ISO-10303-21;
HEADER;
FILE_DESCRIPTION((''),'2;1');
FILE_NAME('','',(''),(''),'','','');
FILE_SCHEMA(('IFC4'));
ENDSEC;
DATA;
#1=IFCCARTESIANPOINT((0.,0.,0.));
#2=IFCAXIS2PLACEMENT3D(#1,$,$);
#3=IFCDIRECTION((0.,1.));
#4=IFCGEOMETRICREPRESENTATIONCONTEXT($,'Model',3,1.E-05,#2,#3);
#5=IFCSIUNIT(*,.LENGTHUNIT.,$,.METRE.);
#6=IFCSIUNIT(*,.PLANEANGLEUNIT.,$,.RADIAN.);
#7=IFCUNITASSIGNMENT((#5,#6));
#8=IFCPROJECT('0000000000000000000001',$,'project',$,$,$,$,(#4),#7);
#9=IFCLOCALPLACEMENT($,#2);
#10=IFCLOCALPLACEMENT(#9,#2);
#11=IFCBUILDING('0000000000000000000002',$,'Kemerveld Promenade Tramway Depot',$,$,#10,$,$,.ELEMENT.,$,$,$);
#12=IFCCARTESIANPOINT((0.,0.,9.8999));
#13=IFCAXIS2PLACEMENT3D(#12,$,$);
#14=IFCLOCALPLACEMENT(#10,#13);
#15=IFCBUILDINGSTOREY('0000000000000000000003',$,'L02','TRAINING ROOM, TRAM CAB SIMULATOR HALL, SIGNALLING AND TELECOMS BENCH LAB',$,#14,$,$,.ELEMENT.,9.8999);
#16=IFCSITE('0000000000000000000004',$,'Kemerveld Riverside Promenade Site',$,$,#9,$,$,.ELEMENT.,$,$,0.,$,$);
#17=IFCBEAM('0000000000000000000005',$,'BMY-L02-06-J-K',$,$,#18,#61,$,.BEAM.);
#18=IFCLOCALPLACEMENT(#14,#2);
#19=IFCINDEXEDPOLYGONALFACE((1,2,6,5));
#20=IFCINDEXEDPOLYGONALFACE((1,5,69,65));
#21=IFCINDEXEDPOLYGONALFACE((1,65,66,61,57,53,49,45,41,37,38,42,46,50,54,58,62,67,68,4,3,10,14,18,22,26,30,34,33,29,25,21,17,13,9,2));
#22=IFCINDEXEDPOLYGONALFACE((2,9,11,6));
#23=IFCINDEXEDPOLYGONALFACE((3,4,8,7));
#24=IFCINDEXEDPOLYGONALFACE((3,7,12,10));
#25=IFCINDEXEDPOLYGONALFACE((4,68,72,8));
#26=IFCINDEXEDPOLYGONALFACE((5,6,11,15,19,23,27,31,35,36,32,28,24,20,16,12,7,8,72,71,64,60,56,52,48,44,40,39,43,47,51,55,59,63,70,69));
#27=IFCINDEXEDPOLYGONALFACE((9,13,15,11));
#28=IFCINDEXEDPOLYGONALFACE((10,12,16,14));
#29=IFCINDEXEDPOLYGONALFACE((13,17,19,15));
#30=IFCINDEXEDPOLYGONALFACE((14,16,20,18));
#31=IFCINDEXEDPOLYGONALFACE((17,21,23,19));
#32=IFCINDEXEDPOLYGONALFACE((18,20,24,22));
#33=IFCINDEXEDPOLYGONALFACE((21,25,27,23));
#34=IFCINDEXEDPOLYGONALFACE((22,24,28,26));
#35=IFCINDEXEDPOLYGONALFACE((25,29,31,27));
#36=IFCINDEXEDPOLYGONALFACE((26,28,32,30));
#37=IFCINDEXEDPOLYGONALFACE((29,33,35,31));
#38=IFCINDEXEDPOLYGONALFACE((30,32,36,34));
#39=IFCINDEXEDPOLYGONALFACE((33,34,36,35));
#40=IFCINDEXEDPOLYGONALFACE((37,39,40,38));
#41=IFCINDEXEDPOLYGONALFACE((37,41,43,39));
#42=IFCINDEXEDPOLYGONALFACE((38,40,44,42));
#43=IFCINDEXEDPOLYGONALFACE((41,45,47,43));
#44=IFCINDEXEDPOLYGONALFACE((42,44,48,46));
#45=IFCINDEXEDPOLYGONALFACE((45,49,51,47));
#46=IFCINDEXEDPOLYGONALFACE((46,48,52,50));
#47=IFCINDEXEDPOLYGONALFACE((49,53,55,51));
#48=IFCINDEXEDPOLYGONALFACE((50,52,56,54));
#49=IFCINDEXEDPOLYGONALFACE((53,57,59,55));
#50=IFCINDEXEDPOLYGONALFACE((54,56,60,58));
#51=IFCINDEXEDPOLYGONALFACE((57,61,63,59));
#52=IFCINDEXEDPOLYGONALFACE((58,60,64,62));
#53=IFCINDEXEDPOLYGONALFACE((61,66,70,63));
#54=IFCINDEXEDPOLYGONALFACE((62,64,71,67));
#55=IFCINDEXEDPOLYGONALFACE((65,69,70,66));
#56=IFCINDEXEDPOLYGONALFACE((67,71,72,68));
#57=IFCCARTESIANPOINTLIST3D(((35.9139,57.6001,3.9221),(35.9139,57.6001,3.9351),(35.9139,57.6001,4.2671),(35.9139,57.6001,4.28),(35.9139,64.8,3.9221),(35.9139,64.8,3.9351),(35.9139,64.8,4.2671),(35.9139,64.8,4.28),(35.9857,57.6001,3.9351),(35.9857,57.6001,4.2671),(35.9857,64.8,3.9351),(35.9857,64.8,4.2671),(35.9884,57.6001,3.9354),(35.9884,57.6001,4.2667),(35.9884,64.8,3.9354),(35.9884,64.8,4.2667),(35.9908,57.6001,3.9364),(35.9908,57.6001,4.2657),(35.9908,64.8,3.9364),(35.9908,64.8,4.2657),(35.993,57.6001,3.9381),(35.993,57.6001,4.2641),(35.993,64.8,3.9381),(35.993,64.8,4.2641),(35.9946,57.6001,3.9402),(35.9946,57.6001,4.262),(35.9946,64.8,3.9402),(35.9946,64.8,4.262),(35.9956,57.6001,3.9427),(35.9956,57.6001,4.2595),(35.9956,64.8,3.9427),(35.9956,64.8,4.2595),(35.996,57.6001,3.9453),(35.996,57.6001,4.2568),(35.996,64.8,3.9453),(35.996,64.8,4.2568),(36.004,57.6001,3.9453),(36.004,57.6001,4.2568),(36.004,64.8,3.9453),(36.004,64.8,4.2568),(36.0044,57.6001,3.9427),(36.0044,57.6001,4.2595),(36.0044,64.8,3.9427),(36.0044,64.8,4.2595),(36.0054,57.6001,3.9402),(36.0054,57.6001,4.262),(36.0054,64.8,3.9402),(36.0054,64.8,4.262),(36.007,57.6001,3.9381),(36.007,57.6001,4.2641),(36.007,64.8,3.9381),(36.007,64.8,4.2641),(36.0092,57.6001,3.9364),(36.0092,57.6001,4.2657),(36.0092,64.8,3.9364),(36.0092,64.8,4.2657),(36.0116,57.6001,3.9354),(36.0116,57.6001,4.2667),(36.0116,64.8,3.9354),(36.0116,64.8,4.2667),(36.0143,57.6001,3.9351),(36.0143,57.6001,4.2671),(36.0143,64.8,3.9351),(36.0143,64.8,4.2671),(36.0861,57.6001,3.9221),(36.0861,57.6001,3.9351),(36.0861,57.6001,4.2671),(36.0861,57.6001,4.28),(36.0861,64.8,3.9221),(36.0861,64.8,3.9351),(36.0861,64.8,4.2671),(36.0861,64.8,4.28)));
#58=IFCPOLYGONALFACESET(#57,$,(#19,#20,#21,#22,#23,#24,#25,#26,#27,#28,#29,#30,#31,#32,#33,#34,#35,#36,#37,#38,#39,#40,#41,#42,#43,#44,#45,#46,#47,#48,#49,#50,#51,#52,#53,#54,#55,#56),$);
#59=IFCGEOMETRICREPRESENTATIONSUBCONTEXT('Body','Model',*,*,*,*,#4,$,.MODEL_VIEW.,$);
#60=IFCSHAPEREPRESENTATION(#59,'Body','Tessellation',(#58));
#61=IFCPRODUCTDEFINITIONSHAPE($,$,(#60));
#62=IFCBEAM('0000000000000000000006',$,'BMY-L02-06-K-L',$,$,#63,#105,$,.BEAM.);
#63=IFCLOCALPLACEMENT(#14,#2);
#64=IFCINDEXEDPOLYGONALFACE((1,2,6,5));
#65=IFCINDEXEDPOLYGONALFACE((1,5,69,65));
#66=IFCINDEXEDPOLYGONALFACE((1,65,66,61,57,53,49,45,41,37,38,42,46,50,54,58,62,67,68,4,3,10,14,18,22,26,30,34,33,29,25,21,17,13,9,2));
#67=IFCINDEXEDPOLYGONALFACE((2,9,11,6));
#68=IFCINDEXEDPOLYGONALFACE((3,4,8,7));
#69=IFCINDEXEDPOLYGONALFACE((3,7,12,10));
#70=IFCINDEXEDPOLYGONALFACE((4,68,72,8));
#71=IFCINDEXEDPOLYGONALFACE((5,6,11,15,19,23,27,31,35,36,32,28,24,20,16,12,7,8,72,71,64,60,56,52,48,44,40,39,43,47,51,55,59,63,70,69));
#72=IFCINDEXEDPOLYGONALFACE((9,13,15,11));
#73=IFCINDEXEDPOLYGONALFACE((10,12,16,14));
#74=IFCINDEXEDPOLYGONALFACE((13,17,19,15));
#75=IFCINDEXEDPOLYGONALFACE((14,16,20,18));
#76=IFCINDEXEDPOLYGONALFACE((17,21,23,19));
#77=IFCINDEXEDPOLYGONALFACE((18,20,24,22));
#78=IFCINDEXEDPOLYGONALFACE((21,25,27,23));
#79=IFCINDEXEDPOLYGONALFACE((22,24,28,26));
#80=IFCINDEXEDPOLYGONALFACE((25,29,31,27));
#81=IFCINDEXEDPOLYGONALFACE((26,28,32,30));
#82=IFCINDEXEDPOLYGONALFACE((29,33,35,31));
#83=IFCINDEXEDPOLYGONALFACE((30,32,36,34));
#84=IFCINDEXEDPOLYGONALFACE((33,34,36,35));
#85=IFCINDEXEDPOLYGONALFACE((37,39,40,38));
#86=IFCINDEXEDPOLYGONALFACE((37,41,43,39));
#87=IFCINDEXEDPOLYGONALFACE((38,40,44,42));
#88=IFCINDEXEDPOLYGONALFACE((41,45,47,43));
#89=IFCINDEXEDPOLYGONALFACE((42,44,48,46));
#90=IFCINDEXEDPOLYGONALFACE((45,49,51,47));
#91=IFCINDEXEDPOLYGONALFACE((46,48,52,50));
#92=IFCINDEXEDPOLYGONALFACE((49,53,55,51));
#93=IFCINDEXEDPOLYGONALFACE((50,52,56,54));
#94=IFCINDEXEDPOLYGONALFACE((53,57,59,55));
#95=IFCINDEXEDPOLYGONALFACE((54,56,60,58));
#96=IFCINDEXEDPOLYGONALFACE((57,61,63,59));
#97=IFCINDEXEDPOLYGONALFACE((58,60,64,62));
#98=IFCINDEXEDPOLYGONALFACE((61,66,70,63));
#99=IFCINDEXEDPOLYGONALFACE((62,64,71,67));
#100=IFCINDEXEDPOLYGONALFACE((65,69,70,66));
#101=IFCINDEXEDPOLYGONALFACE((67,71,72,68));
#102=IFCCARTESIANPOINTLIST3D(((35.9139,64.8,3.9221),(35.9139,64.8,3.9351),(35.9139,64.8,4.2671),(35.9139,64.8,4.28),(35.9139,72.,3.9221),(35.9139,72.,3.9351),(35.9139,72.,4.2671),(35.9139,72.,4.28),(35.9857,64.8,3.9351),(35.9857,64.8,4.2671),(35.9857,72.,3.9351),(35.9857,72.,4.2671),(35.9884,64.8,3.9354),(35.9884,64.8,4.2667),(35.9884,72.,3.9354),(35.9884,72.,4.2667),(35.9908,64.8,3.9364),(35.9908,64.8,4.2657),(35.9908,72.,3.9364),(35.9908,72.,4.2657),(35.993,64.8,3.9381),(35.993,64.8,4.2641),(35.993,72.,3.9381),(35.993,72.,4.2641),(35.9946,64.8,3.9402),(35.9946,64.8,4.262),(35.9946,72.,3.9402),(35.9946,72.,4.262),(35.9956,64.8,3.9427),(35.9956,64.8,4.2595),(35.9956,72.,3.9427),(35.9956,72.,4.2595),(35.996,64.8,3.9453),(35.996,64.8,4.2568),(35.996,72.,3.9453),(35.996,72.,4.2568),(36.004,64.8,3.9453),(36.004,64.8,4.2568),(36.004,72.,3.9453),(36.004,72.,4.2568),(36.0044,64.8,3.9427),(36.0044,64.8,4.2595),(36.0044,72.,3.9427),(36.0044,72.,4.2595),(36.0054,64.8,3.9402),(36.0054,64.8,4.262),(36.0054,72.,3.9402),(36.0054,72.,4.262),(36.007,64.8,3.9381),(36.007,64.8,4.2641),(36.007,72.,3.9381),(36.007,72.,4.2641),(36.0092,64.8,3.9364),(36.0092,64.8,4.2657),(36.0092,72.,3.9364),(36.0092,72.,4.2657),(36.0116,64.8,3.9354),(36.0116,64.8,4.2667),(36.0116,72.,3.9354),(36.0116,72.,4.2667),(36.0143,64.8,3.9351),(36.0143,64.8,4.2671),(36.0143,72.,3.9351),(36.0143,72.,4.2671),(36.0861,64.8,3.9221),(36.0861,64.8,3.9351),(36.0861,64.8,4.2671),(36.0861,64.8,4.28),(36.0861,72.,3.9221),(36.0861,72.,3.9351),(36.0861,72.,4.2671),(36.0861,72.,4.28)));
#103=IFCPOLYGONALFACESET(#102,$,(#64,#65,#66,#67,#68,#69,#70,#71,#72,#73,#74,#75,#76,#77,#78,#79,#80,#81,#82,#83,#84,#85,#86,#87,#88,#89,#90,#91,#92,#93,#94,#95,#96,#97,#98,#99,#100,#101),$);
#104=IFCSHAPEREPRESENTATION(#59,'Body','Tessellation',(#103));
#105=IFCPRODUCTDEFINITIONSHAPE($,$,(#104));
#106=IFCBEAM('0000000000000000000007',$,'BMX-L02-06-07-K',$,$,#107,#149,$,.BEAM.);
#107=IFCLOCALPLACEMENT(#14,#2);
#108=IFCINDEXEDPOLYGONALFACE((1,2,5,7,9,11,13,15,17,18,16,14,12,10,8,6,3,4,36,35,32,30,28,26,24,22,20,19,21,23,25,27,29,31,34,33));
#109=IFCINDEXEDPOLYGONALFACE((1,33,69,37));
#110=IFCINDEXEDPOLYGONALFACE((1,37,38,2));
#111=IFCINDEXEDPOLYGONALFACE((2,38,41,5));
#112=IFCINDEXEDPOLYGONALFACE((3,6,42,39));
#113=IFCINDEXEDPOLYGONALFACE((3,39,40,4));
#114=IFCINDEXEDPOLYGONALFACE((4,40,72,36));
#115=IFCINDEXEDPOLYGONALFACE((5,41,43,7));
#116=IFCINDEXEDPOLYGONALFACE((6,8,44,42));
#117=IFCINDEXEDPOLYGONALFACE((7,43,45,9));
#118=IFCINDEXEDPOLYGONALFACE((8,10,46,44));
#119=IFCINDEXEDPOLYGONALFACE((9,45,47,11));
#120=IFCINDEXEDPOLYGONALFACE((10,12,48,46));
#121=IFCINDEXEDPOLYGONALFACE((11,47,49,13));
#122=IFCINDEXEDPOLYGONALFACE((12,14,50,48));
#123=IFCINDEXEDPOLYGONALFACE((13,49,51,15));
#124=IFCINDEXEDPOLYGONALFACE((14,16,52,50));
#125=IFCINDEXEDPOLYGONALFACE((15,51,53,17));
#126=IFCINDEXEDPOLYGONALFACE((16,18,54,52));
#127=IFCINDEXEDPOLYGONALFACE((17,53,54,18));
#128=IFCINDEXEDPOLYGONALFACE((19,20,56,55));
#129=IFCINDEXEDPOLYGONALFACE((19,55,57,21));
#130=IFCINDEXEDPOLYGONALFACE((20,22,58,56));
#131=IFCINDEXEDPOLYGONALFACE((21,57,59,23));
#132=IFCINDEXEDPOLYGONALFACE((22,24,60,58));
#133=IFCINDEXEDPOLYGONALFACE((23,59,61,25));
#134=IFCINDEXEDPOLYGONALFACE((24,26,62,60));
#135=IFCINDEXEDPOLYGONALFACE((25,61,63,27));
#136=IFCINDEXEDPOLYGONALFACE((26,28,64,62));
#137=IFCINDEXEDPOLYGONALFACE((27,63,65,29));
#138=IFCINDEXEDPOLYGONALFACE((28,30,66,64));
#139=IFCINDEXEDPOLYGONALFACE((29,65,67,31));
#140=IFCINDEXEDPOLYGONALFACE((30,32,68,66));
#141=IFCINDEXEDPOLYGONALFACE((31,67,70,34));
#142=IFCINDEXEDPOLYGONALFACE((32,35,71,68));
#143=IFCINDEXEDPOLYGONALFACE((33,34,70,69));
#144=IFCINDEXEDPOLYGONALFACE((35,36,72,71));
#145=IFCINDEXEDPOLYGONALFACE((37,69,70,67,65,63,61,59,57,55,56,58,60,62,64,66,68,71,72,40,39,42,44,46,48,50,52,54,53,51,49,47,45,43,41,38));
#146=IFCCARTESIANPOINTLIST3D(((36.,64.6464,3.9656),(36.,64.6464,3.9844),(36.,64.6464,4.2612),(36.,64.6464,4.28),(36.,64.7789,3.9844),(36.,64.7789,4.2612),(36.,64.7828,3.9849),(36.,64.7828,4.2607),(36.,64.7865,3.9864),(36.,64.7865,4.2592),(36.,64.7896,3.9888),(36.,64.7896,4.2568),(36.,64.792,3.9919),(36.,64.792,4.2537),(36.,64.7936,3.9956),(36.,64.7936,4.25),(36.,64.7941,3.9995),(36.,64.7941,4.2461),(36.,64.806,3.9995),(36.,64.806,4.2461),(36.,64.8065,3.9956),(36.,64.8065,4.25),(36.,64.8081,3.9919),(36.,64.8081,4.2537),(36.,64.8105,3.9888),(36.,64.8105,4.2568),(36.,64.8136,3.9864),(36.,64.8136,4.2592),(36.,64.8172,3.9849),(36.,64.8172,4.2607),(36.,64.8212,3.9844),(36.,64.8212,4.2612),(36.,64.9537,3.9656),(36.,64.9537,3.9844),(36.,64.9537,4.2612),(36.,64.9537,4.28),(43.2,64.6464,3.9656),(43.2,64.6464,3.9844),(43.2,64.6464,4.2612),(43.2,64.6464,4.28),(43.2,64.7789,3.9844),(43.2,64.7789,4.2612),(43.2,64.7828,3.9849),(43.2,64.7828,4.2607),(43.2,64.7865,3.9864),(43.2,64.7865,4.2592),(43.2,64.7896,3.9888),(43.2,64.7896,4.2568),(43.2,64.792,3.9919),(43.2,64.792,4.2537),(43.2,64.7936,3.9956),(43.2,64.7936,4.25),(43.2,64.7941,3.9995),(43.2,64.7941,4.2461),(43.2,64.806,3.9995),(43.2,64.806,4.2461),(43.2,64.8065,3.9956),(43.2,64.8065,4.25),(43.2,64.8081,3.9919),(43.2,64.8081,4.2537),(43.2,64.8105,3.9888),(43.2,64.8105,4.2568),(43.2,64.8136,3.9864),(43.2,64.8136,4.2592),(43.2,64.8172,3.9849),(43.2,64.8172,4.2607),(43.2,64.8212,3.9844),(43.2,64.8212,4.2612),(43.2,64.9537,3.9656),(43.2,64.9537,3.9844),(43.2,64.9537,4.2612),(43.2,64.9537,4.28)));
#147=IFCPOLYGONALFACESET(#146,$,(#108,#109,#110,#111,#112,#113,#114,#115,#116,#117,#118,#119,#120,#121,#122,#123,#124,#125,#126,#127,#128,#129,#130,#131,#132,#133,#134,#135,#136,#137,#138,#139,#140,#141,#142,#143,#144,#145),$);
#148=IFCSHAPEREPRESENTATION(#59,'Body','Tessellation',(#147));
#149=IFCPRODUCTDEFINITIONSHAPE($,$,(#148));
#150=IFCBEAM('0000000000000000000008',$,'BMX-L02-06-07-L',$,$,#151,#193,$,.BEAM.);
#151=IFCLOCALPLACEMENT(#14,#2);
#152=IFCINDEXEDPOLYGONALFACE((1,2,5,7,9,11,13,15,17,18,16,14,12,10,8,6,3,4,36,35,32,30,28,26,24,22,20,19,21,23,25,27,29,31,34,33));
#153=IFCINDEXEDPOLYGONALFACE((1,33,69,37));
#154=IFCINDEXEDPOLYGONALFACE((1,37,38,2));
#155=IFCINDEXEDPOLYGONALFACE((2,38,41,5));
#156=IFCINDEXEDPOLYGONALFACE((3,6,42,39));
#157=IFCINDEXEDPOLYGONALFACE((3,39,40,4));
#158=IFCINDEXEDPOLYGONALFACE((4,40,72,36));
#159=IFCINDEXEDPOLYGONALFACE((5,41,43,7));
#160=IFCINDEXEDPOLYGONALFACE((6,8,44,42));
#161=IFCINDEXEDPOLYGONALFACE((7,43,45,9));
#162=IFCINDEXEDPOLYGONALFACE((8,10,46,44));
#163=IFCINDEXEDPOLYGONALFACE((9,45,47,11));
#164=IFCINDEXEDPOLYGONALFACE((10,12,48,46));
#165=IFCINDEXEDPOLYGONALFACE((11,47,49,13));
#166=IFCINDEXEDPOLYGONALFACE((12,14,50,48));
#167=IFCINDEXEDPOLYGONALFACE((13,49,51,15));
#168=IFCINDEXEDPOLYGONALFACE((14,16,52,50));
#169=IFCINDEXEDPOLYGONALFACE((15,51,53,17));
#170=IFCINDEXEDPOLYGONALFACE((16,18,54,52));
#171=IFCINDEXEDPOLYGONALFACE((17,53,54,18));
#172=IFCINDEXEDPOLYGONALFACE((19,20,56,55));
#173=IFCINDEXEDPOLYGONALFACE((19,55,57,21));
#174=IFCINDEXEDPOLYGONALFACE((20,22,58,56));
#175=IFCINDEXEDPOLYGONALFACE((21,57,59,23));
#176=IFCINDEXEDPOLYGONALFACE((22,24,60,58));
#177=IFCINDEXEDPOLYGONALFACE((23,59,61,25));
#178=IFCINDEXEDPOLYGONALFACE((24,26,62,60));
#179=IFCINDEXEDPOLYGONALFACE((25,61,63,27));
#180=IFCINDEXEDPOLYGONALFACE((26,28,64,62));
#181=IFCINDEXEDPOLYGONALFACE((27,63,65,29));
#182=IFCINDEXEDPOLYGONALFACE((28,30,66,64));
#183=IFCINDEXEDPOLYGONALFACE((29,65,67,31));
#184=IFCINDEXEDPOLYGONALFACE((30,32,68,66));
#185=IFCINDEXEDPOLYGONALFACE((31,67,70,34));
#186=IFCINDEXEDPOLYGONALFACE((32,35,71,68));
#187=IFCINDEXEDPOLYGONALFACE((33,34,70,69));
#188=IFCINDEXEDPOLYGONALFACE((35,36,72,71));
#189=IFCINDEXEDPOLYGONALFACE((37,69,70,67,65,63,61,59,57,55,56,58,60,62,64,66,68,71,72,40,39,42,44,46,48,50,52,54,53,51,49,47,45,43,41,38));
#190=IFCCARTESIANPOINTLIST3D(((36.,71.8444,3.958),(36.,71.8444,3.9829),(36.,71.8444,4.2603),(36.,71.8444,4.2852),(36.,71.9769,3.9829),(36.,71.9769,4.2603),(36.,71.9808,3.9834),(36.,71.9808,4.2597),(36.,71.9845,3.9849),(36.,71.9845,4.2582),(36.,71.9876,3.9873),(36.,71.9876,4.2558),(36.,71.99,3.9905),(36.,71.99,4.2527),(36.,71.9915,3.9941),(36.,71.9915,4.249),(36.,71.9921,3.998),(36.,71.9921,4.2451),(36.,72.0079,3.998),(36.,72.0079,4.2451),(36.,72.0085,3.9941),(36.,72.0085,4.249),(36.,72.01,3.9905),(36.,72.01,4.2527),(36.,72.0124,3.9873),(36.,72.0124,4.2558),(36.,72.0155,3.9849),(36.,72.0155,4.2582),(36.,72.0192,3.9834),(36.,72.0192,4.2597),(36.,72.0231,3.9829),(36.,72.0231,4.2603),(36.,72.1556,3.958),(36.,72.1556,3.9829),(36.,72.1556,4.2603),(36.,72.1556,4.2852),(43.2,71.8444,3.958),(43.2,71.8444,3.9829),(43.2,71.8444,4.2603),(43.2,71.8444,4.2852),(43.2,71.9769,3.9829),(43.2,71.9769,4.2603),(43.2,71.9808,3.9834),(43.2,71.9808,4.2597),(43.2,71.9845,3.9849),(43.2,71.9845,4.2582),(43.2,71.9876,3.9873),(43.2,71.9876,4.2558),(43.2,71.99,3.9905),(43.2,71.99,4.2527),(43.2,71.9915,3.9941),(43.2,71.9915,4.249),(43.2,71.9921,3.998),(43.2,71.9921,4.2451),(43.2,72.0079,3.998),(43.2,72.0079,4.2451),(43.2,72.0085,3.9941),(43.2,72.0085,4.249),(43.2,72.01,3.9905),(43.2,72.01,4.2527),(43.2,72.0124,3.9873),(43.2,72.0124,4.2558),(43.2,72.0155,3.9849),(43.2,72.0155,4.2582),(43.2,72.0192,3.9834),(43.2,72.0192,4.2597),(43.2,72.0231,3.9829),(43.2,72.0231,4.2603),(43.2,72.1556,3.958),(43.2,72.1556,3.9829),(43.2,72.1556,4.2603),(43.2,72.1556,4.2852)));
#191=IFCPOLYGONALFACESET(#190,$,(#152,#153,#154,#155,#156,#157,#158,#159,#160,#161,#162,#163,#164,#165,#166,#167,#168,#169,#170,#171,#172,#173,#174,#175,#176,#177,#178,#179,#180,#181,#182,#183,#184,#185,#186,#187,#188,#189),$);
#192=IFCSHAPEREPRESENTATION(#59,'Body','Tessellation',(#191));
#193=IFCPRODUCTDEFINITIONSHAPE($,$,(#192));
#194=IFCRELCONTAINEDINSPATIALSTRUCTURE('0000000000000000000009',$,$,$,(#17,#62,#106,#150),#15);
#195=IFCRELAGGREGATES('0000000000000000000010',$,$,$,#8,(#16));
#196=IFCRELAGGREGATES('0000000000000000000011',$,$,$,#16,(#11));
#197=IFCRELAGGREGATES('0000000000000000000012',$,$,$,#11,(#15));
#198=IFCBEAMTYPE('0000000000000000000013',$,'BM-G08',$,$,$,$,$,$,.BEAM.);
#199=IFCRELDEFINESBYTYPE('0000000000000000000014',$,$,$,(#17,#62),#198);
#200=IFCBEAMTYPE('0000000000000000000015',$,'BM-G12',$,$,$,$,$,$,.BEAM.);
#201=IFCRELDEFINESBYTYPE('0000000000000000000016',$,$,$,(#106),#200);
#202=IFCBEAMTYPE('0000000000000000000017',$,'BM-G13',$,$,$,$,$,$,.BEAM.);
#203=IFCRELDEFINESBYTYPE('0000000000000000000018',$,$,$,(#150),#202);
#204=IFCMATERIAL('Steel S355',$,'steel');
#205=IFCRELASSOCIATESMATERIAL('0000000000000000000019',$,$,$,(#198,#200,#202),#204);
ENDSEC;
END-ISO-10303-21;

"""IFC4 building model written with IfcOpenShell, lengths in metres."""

from ifc_helpers import new_model, si_unit, direction, frame, origin, origin_2d, place, context, subcontext, project, spatial, i_section, extrude, material, material_profile, profile_set, type_object, element, save


model = new_model("IFC4")

# Units and contexts
model_context = context("Model", 3, precision=1e-05, world=origin(), true_north=direction((0.0, 1.0)))
body_context = subcontext(model_context, "Body", "Model", "MODEL_VIEW")
ifc_project = project(units=[si_unit("LENGTHUNIT", "METRE"), si_unit("PLANEANGLEUNIT", "RADIAN")], contexts=[model_context])

# Site, building, storey
site_placement = place(None, origin())
site = spatial("IfcSite", under=ifc_project, at=site_placement, Name="Kemerveld Riverside Promenade Site", CompositionType="ELEMENT", RefElevation=0.0)
building_placement = place(site_placement, origin())
building = spatial("IfcBuilding", under=site, at=building_placement, Name="Kemerveld Promenade Tramway Depot", CompositionType="ELEMENT")
storey_placement = place(building_placement, frame((0.0, 0.0, 9.8999)))
storey = spatial("IfcBuildingStorey", under=building, at=storey_placement, Name="L02", Description="TRAINING ROOM, TRAM CAB SIMULATOR HALL, SIGNALLING AND TELECOMS BENCH LAB", CompositionType="ELEMENT", Elevation=9.8999)

# Shared definitions
ifc_material_1 = material(Name="Steel S355", Category="steel")

# Beams
ifc_material_profile_1 = material_profile(ifc_material_1, i_section(OverallWidth=0.1721, OverallDepth=0.3579, WebThickness=0.0081, FlangeThickness=0.0129, FilletRadius=0.0103, at=origin_2d()), Name="356x171x57 UB")
ifc_profile_set_1 = profile_set([ifc_material_profile_1], Name="Steel S355")
beam_type_1 = type_object("IfcBeamType", Name="BM-G08", PredefinedType="BEAM", material=ifc_profile_set_1)
for number, where, z_axis, x_axis, name in (
    (1, (36.0, 57.6001, 4.1011), (0.0, 1.0, 0.0), (-1.0, 0.0, 0.0), "BMY-L02-06-J-K"),
    (2, (36.0, 64.8, 4.1011), (0.0, 1.0, 0.0), (-1.0, 0.0, 0.0), "BMY-L02-06-K-L"),
):
    element("IfcBeam", number, at=place(storey_placement, frame(where, z_axis=z_axis, x_axis=x_axis)), inside=storey, type_object=beam_type_1, Name=name, PredefinedType="BEAM", context=body_context, shape_type="SweptSolid", body=[
        extrude(i_section(OverallWidth=0.1721, OverallDepth=0.3579, WebThickness=0.0081, FlangeThickness=0.0129, FilletRadius=0.0103, at=origin_2d()), origin(), (0.0, 0.0, 1.0), 7.2),
    ])
ifc_material_profile_2 = material_profile(ifc_material_1, i_section(OverallWidth=0.3074, OverallDepth=0.3145, WebThickness=0.012, FlangeThickness=0.0188, FilletRadius=0.0151, at=origin_2d()), Name="305x305x118 UC")
ifc_profile_set_2 = profile_set([ifc_material_profile_2], Name="Steel S355")
beam_type_2 = type_object("IfcBeamType", Name="BM-G12", PredefinedType="BEAM", material=ifc_profile_set_2)
beam_1_placement = place(storey_placement, frame((36.0, 64.8, 4.1228), z_axis=(1.0, 0.0, 0.0), x_axis=(0.0, 1.0, 0.0)))
element("IfcBeam", 3, at=beam_1_placement, inside=storey, type_object=beam_type_2, Name="BMX-L02-06-07-K", PredefinedType="BEAM", context=body_context, shape_type="SweptSolid", body=[
    extrude(i_section(OverallWidth=0.3074, OverallDepth=0.3145, WebThickness=0.012, FlangeThickness=0.0188, FilletRadius=0.0151, at=origin_2d()), origin(), (0.0, 0.0, 1.0), 7.2),
])
ifc_material_profile_3 = material_profile(ifc_material_1, i_section(OverallWidth=0.3113, OverallDepth=0.3271, WebThickness=0.0159, FlangeThickness=0.0249, FilletRadius=0.0151, at=origin_2d()), Name="305x305x158 UC")
ifc_profile_set_3 = profile_set([ifc_material_profile_3], Name="Steel S355")
beam_type_3 = type_object("IfcBeamType", Name="BM-G13", PredefinedType="BEAM", material=ifc_profile_set_3)
beam_2_placement = place(storey_placement, frame((36.0, 72.0, 4.1216), z_axis=(1.0, 0.0, 0.0), x_axis=(0.0, 1.0, 0.0)))
element("IfcBeam", 4, at=beam_2_placement, inside=storey, type_object=beam_type_3, Name="BMX-L02-06-07-L", PredefinedType="BEAM", context=body_context, shape_type="SweptSolid", body=[
    extrude(i_section(OverallWidth=0.3113, OverallDepth=0.3271, WebThickness=0.0159, FlangeThickness=0.0249, FilletRadius=0.0151, at=origin_2d()), origin(), (0.0, 0.0, 1.0), 7.2),
])

save(model, "model.ifc")
